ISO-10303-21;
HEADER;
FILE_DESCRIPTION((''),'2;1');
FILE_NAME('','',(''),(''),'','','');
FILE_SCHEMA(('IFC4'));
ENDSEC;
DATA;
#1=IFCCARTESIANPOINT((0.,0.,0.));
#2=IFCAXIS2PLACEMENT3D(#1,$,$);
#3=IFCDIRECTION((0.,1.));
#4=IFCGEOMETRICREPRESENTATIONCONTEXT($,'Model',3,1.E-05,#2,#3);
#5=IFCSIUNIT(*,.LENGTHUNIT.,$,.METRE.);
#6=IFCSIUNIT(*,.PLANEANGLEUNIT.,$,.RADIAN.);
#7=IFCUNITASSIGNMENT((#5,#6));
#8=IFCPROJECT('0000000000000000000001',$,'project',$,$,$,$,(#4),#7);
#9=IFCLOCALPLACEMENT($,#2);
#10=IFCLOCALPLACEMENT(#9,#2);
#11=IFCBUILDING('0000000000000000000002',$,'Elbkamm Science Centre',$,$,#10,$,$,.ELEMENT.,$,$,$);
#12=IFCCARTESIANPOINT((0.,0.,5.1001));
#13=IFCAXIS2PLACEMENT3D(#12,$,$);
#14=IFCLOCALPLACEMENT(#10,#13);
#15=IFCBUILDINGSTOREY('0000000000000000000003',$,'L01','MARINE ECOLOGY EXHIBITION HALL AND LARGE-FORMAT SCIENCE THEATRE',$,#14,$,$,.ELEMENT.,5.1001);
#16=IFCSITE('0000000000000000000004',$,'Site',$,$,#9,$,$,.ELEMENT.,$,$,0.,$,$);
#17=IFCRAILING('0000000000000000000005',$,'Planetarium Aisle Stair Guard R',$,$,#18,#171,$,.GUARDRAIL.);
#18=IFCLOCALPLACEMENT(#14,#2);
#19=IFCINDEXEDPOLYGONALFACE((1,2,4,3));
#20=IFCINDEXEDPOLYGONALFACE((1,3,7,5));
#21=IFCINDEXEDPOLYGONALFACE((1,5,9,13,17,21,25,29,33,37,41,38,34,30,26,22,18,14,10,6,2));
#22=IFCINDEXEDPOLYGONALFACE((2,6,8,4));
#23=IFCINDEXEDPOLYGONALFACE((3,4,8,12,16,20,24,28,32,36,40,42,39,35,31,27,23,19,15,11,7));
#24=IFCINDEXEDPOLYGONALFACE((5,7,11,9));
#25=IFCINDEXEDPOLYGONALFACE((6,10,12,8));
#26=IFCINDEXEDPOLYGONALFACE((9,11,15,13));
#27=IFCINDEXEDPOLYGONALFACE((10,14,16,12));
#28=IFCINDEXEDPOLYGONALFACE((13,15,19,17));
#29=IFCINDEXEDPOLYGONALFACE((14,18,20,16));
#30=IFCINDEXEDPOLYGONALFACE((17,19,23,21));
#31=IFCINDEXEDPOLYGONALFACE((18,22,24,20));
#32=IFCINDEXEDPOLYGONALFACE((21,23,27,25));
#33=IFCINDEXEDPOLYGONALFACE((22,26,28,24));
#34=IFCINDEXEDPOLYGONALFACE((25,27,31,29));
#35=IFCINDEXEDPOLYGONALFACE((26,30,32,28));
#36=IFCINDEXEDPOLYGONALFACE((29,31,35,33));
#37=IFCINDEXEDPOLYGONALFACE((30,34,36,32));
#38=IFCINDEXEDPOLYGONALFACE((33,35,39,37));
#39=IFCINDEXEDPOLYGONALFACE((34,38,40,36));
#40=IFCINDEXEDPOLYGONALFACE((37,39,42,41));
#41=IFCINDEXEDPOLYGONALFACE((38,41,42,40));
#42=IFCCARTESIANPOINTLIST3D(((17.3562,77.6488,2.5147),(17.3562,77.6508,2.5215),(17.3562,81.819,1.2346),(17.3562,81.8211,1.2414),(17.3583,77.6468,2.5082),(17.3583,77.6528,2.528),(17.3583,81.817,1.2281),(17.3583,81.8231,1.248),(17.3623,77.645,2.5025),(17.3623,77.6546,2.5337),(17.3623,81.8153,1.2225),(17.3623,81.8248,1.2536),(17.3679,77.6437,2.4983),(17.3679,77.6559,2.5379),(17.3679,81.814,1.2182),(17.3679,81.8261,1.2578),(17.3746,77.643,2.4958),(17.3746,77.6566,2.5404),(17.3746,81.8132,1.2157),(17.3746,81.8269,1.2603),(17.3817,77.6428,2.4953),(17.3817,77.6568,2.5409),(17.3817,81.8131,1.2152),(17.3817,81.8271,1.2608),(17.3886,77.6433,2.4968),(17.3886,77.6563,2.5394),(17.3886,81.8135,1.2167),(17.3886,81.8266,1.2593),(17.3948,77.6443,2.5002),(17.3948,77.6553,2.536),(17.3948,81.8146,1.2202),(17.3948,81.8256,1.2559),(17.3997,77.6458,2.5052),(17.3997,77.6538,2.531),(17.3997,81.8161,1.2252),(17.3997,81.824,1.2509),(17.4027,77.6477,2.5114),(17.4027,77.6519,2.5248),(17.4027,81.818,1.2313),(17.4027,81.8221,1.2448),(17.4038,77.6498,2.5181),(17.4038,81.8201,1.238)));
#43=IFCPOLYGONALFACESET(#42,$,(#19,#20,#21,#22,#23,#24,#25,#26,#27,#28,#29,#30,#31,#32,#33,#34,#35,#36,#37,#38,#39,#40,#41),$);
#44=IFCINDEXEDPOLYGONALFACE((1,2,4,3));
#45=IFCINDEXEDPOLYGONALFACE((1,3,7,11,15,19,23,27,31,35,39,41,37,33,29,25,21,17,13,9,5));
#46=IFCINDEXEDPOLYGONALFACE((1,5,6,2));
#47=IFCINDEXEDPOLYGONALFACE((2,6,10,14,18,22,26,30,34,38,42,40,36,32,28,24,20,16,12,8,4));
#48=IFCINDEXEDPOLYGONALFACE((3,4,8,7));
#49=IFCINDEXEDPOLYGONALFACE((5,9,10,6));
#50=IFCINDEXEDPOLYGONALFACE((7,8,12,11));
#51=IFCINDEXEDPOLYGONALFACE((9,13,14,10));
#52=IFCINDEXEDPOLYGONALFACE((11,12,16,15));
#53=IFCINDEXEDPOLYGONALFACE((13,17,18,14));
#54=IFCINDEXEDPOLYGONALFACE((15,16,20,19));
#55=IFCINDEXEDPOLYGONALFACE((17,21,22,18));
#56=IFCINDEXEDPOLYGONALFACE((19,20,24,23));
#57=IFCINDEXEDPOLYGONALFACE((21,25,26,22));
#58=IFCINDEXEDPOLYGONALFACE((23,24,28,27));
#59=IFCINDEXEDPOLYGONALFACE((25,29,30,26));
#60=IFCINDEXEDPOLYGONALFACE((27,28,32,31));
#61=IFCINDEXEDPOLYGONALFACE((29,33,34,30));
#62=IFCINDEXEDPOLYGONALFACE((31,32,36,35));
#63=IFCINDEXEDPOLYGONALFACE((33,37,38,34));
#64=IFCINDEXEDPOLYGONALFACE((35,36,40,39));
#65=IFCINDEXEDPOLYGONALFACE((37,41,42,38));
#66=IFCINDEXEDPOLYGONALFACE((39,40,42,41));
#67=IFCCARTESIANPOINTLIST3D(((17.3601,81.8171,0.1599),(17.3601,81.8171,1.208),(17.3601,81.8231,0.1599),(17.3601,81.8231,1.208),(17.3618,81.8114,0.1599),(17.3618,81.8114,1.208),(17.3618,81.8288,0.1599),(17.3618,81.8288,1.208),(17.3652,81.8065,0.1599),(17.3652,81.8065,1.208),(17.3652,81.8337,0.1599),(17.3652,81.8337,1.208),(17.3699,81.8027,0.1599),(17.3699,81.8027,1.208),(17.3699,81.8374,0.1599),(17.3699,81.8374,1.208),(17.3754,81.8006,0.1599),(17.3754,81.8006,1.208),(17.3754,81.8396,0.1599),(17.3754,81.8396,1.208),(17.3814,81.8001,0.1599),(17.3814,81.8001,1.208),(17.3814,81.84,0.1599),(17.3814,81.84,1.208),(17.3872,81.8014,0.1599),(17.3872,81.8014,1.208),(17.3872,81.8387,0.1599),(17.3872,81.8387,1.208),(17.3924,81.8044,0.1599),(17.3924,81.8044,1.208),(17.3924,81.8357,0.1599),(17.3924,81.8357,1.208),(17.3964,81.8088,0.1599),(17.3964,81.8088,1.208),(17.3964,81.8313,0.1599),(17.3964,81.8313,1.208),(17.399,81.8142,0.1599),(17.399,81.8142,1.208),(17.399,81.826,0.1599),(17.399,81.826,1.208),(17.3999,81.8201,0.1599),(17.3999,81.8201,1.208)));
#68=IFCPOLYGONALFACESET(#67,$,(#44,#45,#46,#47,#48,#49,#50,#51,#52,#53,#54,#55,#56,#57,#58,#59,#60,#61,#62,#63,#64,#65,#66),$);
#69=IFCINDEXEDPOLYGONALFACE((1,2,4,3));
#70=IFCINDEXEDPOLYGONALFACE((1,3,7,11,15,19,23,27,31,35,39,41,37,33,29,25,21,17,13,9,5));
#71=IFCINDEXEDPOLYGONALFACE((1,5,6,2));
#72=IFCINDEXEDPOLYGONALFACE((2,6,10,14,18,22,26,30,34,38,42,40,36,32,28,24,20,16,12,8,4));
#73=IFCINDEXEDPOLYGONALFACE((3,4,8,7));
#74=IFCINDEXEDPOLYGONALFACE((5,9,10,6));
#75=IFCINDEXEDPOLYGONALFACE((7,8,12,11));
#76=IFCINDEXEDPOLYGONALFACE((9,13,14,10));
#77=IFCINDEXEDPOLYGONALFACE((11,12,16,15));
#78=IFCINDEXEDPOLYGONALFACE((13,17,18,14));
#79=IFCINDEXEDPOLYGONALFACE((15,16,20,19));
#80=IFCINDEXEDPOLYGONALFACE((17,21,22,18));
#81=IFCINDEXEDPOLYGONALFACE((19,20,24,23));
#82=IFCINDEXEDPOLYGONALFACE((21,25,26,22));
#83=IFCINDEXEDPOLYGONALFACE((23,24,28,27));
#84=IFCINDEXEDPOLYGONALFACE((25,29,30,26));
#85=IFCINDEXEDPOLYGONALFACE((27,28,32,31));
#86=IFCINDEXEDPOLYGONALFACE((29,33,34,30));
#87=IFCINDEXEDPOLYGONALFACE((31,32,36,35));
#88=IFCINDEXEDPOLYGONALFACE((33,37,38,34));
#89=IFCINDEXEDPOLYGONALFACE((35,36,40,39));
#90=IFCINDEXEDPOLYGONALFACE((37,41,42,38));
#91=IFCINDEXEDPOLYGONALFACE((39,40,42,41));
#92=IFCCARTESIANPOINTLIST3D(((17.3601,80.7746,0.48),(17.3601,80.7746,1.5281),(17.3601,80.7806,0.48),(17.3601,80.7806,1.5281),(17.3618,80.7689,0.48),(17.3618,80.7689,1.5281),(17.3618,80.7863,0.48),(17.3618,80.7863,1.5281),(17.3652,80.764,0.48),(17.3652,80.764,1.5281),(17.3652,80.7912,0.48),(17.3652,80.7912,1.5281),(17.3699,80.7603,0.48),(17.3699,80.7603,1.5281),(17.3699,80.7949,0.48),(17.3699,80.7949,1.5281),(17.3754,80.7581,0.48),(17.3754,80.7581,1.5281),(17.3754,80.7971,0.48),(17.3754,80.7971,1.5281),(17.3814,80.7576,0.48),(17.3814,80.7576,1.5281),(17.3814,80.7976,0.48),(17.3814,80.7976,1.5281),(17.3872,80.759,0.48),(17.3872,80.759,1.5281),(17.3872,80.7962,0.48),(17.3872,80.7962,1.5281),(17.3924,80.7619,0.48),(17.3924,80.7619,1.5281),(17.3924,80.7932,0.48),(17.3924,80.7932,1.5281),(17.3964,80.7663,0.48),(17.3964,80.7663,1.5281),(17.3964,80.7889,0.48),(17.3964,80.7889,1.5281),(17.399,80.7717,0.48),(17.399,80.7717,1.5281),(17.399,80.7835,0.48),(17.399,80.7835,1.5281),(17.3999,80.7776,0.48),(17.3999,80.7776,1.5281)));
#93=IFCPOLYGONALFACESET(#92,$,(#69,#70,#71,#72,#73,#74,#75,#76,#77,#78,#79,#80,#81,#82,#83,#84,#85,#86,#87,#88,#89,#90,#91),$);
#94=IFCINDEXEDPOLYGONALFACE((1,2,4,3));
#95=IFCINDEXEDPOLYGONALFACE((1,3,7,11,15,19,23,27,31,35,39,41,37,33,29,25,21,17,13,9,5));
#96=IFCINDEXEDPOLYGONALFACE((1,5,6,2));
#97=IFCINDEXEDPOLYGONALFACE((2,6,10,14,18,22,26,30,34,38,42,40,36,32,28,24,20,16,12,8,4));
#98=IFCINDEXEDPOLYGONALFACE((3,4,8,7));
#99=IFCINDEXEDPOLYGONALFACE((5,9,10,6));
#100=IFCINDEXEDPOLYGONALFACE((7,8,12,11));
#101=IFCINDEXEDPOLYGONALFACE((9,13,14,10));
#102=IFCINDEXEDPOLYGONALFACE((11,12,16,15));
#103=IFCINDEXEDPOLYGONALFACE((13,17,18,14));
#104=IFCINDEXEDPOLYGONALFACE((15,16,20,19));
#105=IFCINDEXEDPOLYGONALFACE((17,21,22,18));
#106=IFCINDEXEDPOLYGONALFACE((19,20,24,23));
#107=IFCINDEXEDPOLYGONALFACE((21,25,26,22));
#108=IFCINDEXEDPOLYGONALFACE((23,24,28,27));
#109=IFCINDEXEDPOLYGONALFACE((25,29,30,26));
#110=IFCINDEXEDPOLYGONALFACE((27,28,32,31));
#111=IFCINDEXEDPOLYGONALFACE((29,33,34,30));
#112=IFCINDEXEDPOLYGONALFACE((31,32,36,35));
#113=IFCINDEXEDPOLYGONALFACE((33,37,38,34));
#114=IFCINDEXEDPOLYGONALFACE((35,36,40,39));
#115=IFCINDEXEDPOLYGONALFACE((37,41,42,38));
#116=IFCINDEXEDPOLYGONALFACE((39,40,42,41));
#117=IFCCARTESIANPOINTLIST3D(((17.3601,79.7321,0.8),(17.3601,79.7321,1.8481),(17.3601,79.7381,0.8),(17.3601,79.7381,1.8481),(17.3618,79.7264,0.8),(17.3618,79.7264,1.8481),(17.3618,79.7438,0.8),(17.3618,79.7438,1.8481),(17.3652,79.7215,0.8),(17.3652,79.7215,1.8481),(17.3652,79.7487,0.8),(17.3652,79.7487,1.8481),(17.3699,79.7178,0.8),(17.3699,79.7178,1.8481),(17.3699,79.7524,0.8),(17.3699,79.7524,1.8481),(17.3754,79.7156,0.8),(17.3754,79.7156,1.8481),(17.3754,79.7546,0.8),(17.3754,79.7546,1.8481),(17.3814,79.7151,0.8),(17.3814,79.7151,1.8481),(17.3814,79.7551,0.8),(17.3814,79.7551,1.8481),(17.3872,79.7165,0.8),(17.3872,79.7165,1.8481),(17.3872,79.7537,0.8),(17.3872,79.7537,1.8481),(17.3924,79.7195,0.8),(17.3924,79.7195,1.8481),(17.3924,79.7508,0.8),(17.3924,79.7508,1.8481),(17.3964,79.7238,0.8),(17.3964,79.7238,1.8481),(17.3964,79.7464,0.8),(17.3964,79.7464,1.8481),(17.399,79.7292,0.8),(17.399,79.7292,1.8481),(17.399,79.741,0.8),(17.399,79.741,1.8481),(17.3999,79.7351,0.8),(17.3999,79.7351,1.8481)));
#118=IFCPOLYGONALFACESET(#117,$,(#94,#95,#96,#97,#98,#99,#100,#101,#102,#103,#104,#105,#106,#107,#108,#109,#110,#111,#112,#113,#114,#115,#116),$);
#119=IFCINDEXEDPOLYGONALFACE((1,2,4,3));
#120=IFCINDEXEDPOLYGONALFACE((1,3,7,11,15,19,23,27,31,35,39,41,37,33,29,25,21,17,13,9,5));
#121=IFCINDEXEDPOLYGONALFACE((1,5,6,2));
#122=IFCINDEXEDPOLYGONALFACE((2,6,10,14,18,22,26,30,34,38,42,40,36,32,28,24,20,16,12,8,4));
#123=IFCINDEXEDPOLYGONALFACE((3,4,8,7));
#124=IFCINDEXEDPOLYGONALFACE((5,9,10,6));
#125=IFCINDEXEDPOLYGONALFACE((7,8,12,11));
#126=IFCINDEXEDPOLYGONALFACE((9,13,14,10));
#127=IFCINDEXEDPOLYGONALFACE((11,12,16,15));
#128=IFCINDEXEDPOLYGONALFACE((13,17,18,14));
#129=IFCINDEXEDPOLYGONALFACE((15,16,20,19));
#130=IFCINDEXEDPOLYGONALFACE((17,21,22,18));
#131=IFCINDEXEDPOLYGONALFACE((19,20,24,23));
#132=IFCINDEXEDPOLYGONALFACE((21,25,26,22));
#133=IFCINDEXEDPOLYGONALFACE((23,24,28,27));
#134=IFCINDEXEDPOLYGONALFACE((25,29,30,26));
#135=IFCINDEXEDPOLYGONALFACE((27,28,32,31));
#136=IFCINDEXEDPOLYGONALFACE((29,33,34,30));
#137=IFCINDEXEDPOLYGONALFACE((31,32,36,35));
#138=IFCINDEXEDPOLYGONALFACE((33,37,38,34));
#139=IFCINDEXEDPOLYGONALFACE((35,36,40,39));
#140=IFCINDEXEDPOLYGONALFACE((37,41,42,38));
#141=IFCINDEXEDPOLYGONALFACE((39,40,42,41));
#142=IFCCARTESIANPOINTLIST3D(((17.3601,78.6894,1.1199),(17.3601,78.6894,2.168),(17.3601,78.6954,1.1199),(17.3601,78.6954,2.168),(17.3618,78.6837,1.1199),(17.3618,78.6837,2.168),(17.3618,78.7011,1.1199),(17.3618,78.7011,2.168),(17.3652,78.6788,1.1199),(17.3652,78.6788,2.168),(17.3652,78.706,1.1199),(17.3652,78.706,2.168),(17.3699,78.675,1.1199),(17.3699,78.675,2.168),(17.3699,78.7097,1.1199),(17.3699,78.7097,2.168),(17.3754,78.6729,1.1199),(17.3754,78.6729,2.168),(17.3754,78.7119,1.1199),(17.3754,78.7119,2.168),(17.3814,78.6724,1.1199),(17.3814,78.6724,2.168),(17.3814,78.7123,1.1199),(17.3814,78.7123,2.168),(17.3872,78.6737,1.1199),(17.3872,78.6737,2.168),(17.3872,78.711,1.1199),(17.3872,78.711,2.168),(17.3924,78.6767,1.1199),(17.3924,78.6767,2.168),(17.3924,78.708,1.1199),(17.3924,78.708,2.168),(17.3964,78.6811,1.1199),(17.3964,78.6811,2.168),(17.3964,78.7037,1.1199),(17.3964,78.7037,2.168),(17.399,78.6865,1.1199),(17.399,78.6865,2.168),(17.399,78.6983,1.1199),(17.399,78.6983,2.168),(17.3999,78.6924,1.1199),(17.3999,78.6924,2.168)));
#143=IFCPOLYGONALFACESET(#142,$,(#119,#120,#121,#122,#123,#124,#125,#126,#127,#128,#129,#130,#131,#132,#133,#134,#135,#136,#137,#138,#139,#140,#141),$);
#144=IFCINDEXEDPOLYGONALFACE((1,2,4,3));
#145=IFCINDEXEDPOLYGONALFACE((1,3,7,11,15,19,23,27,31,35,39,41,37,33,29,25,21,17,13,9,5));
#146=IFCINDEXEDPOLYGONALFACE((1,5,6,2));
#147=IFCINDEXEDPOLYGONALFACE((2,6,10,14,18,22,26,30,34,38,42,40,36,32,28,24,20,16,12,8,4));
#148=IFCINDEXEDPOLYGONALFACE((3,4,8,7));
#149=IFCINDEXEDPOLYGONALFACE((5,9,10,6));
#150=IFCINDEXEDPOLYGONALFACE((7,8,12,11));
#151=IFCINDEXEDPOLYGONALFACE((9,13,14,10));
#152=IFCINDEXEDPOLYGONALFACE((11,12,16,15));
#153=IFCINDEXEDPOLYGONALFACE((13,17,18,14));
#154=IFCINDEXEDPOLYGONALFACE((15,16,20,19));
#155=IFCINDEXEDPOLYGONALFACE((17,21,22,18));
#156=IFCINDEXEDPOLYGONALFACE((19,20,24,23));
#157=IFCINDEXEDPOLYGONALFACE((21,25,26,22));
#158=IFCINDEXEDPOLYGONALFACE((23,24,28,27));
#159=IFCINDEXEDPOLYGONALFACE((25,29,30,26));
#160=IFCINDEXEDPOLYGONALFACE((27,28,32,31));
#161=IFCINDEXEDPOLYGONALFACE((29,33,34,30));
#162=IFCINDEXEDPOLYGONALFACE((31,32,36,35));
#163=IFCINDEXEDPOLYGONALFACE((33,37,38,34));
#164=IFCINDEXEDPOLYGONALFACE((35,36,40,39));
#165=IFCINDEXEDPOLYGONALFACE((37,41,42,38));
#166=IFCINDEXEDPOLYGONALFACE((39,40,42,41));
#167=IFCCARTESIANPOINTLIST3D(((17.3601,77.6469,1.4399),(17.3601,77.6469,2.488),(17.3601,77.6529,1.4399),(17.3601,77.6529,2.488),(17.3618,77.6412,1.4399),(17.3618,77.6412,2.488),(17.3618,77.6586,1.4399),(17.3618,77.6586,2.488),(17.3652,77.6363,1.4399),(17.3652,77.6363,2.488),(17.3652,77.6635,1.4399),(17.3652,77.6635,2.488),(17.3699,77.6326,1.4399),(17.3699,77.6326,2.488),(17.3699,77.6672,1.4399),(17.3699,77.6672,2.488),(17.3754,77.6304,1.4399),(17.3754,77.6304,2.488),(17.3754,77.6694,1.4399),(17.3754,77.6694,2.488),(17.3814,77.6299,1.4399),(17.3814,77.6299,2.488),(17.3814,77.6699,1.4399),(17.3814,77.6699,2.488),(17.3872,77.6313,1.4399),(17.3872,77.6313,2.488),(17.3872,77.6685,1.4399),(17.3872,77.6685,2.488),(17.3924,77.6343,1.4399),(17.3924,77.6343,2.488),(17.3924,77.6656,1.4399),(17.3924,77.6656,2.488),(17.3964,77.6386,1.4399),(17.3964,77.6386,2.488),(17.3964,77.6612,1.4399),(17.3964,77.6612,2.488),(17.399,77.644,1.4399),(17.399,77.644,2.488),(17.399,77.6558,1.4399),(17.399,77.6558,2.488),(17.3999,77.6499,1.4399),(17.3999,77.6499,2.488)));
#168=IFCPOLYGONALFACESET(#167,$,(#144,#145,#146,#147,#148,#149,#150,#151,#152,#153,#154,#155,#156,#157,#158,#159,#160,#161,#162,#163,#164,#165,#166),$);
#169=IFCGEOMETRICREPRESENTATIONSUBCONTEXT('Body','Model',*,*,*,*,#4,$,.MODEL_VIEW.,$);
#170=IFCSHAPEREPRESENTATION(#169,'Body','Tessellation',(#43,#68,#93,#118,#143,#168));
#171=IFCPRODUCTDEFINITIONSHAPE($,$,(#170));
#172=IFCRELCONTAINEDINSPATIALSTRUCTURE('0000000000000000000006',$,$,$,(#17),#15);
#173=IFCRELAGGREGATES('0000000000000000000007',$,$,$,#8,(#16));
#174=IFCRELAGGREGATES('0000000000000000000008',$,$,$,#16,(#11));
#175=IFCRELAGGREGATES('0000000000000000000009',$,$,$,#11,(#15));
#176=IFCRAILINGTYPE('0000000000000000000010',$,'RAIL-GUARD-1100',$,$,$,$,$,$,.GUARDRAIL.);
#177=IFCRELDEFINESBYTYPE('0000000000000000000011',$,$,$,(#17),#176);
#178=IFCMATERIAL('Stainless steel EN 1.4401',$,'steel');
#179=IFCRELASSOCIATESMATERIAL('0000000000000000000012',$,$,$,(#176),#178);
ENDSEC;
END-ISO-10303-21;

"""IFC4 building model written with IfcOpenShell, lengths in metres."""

from ifc_helpers import new_model, si_unit, direction, frame, origin, origin_2d, place, context, subcontext, project, spatial, circle, extrude, material, type_object, element, save


model = new_model("IFC4")

# Units and contexts
model_context = context("Model", 3, precision=1e-05, world=origin(), true_north=direction((0.0, 1.0)))
body_context = subcontext(model_context, "Body", "Model", "MODEL_VIEW")
ifc_project = project(units=[si_unit("LENGTHUNIT", "METRE"), si_unit("PLANEANGLEUNIT", "RADIAN")], contexts=[model_context])

# Site, building, storey
site_placement = place(None, origin())
site = spatial("IfcSite", under=ifc_project, at=site_placement, Name="Site", CompositionType="ELEMENT", RefElevation=0.0)
building_placement = place(site_placement, origin())
building = spatial("IfcBuilding", under=site, at=building_placement, Name="Elbkamm Science Centre", CompositionType="ELEMENT")
storey_placement = place(building_placement, frame((0.0, 0.0, 5.1001)))
storey = spatial("IfcBuildingStorey", under=building, at=storey_placement, Name="L01", Description="MARINE ECOLOGY EXHIBITION HALL AND LARGE-FORMAT SCIENCE THEATRE", CompositionType="ELEMENT", Elevation=5.1001)

# Railing
ifc_material_1 = material(Name="Stainless steel EN 1.4401", Category="steel")
railing_type_1 = type_object("IfcRailingType", Name="RAIL-GUARD-1100", PredefinedType="GUARDRAIL", material=ifc_material_1)
railing_1_placement = place(storey_placement, frame((17.3799, 81.8201, 0.1599)))
element("IfcRailing", 1, at=railing_1_placement, inside=storey, type_object=railing_type_1, Name="Planetarium Aisle Stair Guard R", PredefinedType="GUARDRAIL", context=body_context, shape_type="SweptSolid", body=[
    extrude(circle(Radius=0.0239, at=origin_2d()), frame((0.0, 0.0, 1.0781), z_axis=(0.0, -0.955978, 0.293437), x_axis=(1.0, 0.0, 0.0)), (0.0, 0.0, 1.0), 4.3623),
    extrude(circle(Radius=0.02, at=origin_2d()), origin(), (0.0, 0.0, 1.0), 1.0481),
    extrude(circle(Radius=0.02, at=origin_2d()), frame((0.0, -1.0425, 0.3201)), (0.0, 0.0, 1.0), 1.0481),
    extrude(circle(Radius=0.02, at=origin_2d()), frame((0.0, -2.085, 0.6401)), (0.0, 0.0, 1.0), 1.0481),
    extrude(circle(Radius=0.02, at=origin_2d()), frame((0.0, -3.1277, 0.96)), (0.0, 0.0, 1.0), 1.0481),
    extrude(circle(Radius=0.02, at=origin_2d()), frame((0.0, -4.1702, 1.28)), (0.0, 0.0, 1.0), 1.0481),
])

save(model, "model.ifc")
